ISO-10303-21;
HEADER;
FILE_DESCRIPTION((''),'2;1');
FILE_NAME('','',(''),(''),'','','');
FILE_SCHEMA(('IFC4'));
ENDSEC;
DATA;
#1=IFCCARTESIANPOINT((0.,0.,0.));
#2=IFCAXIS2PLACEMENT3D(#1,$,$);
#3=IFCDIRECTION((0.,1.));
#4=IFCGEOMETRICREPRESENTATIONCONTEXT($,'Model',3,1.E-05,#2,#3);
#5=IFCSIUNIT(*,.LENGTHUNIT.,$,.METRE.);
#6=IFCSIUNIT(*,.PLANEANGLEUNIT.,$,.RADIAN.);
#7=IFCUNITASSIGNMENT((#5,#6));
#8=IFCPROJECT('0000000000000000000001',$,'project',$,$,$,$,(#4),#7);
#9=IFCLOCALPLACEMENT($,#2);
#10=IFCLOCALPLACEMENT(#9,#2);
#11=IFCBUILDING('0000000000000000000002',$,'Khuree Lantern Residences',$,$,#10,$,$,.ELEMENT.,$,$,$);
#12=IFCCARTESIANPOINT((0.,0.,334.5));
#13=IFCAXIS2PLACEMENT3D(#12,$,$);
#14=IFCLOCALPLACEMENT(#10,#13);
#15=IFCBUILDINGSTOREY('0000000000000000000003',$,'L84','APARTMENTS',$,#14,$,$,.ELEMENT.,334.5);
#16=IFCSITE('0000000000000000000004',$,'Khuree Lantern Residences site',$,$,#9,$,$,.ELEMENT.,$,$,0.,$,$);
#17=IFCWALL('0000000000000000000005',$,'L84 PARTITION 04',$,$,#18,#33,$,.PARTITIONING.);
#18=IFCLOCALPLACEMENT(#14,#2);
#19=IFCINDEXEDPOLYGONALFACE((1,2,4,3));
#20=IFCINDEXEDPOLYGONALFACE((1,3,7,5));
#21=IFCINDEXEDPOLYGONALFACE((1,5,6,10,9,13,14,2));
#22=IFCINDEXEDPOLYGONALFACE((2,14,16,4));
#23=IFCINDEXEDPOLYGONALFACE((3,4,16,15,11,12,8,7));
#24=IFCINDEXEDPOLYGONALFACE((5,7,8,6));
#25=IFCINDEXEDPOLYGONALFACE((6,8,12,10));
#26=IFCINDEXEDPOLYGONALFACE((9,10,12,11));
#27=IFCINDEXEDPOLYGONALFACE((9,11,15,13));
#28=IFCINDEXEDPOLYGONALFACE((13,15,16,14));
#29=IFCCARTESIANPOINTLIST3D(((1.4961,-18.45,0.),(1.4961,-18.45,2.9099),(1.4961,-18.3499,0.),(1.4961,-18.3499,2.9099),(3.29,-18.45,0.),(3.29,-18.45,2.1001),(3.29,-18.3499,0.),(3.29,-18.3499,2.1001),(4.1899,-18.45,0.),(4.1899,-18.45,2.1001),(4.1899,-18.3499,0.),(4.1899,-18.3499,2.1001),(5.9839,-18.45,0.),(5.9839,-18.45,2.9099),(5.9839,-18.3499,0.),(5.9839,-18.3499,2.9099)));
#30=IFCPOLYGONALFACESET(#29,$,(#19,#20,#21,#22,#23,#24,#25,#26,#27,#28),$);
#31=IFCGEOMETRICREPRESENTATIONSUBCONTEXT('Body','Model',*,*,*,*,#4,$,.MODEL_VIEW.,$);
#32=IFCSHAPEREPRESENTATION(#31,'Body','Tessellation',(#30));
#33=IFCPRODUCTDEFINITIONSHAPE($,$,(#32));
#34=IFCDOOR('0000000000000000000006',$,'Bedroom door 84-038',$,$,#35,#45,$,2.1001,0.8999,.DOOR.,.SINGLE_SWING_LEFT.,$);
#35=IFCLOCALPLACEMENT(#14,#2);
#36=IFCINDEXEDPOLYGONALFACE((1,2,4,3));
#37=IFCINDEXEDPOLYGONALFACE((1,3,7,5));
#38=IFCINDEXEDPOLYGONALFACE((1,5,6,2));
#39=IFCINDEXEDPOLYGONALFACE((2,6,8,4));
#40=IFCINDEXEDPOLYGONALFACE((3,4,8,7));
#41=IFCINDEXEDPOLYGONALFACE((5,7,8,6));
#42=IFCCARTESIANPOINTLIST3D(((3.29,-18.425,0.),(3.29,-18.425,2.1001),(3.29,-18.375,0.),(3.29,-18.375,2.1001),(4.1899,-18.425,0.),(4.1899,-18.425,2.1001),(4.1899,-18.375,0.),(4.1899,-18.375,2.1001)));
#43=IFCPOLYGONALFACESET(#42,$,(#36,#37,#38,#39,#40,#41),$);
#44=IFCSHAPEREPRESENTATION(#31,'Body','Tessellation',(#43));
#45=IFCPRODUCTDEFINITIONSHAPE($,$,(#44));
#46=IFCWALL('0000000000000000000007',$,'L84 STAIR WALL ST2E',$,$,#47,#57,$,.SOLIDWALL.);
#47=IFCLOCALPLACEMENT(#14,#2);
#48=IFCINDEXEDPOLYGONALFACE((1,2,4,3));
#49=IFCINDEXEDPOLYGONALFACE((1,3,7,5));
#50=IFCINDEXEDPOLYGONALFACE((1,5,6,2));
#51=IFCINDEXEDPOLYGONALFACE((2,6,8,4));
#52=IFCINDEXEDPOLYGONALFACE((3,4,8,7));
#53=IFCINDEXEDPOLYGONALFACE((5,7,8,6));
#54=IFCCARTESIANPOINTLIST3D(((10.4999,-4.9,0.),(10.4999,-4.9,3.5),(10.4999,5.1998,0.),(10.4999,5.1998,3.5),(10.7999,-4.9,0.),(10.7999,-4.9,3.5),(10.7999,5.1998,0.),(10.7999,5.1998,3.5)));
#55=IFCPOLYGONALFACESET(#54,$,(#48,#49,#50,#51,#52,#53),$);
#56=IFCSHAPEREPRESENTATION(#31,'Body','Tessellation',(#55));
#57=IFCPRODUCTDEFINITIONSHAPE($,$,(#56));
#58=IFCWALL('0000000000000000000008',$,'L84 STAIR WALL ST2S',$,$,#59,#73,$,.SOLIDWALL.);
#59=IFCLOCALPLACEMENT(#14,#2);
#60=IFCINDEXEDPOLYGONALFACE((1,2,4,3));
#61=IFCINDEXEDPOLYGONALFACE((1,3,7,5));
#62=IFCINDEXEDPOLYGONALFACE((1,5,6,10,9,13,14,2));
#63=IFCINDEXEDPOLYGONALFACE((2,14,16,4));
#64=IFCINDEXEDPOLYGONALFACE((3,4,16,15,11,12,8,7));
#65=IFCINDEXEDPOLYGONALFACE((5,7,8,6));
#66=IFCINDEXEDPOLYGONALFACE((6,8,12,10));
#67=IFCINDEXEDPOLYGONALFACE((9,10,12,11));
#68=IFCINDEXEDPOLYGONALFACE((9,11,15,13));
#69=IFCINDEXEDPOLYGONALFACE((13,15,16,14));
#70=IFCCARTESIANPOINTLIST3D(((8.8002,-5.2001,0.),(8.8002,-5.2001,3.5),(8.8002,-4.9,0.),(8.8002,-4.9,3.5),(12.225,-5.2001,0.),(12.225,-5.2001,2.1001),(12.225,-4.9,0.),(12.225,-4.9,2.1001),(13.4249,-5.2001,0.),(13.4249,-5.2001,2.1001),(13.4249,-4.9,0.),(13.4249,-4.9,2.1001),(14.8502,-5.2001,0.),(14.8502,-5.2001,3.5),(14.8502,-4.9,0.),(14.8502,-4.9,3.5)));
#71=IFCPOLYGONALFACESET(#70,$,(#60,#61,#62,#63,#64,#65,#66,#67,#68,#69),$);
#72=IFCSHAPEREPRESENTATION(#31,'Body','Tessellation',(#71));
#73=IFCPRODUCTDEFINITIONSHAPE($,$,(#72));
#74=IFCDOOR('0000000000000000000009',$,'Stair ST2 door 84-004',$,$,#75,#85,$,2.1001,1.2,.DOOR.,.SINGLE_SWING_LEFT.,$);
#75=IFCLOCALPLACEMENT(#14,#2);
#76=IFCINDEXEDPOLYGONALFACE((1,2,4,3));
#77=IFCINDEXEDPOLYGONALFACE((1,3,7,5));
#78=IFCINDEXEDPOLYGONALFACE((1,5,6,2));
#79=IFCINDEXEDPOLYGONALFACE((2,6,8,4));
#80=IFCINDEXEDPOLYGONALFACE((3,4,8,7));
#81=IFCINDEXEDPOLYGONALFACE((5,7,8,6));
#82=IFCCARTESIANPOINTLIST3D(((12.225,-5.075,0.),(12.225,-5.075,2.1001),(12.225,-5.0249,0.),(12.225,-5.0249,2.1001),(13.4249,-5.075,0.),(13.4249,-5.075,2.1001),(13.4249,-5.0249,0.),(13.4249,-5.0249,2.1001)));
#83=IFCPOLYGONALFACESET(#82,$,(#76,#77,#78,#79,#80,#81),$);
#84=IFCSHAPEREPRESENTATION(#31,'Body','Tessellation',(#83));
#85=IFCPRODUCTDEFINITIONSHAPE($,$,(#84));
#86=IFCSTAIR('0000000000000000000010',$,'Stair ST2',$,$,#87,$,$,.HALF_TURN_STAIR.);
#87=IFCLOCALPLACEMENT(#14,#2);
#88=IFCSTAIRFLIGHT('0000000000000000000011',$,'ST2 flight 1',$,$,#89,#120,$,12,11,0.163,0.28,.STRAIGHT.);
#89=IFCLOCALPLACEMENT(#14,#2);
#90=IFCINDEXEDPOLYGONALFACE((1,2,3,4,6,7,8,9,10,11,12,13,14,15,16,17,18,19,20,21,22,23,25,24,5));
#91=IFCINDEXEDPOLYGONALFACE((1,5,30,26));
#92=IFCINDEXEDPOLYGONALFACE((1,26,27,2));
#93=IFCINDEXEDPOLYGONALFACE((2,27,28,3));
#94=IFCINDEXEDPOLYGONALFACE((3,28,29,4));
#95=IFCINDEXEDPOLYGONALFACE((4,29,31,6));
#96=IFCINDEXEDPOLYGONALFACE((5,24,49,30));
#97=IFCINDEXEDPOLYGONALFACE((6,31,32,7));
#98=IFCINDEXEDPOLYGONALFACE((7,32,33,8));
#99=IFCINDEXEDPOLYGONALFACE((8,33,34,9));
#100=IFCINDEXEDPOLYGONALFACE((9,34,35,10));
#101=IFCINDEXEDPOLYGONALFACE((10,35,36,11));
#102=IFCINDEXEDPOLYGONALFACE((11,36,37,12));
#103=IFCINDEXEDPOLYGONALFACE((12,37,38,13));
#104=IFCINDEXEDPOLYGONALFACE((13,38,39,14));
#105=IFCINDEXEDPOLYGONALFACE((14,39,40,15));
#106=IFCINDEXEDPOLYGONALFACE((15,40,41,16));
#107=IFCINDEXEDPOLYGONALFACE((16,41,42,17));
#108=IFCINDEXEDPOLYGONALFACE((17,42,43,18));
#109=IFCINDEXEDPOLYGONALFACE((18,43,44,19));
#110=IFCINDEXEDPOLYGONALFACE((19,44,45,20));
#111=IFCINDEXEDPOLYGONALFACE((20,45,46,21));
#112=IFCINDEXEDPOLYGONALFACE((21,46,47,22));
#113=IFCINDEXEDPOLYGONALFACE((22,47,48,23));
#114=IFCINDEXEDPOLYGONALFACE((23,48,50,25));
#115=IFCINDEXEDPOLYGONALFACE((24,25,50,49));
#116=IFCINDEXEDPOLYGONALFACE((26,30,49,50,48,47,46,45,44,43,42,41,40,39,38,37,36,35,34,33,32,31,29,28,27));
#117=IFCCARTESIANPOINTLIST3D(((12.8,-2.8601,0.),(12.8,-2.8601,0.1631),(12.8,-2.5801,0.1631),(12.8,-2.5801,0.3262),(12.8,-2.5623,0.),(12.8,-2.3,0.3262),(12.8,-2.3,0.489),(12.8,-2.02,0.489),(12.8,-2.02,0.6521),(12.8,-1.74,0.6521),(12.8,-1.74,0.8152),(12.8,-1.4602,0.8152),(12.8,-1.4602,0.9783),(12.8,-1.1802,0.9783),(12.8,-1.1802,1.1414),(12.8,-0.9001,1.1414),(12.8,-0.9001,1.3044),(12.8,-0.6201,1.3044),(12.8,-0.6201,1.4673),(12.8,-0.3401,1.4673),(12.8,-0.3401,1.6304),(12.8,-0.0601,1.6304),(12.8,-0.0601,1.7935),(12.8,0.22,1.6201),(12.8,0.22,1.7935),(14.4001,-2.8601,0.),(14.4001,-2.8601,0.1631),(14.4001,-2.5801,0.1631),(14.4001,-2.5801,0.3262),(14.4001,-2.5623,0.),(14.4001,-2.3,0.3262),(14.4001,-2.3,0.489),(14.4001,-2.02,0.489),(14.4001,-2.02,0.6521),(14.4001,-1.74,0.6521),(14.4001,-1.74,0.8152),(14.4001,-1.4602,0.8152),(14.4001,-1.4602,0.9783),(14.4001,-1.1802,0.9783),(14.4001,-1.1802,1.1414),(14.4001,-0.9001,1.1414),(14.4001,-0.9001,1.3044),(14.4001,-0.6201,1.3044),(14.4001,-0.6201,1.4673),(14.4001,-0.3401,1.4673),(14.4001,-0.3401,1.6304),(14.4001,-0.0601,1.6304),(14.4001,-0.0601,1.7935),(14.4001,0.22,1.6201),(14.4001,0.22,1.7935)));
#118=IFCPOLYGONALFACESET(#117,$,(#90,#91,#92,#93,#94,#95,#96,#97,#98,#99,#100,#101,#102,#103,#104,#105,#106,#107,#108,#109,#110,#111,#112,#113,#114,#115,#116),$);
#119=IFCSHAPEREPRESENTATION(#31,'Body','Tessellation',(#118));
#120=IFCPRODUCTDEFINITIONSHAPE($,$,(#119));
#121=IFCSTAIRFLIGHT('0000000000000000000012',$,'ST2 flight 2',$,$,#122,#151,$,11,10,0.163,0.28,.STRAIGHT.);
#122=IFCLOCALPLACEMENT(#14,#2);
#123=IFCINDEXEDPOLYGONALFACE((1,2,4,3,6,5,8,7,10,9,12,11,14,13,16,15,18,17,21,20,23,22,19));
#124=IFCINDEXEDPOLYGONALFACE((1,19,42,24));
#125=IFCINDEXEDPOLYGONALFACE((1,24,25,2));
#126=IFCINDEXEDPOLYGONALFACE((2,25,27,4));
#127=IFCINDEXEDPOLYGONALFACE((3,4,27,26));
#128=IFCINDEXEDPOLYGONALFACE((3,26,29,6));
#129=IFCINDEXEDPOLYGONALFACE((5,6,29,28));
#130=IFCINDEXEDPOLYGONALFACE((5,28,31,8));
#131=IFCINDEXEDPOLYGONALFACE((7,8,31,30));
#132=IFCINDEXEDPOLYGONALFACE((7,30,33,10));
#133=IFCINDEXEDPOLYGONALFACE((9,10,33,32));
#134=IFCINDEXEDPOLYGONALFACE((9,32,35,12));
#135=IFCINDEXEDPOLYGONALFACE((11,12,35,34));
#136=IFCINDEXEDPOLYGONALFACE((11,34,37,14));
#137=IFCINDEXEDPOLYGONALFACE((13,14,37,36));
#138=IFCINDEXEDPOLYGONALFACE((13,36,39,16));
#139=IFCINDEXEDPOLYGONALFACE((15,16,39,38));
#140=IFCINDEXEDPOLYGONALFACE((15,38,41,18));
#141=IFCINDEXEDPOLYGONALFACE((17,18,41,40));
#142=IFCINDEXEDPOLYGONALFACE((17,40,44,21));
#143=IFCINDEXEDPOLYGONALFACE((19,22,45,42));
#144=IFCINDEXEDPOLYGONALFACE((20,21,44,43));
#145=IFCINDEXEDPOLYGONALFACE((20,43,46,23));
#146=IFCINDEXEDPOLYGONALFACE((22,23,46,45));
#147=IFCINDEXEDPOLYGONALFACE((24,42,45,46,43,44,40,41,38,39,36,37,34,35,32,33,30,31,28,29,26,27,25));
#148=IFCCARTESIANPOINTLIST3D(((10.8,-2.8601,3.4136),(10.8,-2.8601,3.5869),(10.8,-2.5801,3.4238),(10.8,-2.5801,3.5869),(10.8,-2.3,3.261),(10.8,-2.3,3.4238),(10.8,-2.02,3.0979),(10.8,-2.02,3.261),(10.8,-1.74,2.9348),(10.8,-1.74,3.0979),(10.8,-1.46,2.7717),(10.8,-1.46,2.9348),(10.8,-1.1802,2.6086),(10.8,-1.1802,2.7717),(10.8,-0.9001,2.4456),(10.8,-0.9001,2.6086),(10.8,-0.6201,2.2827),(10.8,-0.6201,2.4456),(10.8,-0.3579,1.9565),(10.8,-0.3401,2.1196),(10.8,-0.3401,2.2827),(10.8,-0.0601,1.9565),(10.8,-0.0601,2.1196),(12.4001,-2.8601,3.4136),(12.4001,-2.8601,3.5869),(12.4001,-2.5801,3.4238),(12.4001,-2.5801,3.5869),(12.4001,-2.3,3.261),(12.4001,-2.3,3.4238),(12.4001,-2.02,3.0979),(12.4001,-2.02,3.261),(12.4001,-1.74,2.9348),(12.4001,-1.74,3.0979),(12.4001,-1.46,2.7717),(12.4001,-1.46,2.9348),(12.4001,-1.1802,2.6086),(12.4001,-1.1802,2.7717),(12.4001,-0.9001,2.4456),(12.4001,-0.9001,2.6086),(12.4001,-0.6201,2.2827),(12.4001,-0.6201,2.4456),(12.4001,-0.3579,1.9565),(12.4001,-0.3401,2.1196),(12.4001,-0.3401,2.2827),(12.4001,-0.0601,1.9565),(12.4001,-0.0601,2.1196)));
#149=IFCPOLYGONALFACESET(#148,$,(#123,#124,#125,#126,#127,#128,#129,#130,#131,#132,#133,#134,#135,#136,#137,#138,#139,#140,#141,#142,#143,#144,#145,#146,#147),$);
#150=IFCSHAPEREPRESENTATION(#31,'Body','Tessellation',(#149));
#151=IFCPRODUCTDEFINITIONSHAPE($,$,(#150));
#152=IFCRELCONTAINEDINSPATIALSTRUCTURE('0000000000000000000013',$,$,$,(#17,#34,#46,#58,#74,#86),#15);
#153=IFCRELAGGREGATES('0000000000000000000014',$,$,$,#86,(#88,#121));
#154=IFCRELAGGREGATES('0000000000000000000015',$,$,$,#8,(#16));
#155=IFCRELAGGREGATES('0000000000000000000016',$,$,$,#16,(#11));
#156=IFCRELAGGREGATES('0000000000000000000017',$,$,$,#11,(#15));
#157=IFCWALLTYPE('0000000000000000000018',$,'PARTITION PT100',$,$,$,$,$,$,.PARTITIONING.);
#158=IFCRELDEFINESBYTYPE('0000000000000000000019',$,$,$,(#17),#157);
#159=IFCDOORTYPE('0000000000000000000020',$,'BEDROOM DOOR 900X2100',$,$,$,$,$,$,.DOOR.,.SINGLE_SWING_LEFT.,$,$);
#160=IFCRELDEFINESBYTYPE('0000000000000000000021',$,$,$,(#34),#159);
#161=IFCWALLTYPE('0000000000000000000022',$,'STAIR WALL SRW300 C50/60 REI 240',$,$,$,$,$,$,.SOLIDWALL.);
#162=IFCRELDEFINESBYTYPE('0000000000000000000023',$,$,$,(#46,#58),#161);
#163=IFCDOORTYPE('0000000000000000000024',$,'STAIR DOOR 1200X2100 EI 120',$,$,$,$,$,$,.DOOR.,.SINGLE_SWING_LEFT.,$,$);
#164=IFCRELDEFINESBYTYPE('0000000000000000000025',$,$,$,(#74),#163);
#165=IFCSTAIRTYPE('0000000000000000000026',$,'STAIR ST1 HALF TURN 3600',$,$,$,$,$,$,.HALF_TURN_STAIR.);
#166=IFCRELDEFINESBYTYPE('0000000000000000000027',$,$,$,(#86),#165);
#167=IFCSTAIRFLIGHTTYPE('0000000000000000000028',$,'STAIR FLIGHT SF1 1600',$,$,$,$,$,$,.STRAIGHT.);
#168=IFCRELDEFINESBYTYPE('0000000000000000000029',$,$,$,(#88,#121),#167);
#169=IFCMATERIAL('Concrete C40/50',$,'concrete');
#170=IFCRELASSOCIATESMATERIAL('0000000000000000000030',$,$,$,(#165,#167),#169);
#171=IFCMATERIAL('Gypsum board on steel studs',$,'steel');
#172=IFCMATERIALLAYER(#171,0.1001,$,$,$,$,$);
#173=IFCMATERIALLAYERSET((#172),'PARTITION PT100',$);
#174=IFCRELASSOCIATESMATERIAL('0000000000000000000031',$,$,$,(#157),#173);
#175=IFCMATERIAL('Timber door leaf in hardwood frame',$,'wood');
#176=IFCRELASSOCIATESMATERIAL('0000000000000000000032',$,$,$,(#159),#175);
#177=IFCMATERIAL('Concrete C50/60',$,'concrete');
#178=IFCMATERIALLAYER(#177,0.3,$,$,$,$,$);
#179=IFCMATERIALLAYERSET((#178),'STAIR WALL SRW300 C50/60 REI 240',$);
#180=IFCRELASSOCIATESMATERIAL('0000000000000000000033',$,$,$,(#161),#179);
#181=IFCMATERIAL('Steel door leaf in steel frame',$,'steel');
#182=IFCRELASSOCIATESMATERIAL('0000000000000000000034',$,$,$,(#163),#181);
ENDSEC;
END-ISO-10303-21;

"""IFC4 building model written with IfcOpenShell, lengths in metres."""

from ifc_helpers import new_model, si_unit, direction, frame, frame_2d, origin, place, context, subcontext, project, spatial, polyline, rectangle, outline, extrude, material, layer, layer_set, type_object, element, fill, aggregate, save


model = new_model("IFC4")

# Units and contexts
model_context = context("Model", 3, precision=1e-05, world=origin(), true_north=direction((0.0, 1.0)))
body_context = subcontext(model_context, "Body", "Model", "MODEL_VIEW")
ifc_project = project(units=[si_unit("LENGTHUNIT", "METRE"), si_unit("PLANEANGLEUNIT", "RADIAN")], contexts=[model_context])

# Site, building, storey
site_placement = place(None, origin())
site = spatial("IfcSite", under=ifc_project, at=site_placement, Name="Khuree Lantern Residences site", CompositionType="ELEMENT", RefElevation=0.0)
building_placement = place(site_placement, origin())
building = spatial("IfcBuilding", under=site, at=building_placement, Name="Khuree Lantern Residences", CompositionType="ELEMENT")
storey_placement = place(building_placement, frame((0.0, 0.0, 334.5)))
storey = spatial("IfcBuildingStorey", under=building, at=storey_placement, Name="L84", Description="APARTMENTS", CompositionType="ELEMENT", Elevation=334.5)

# Shared definitions
ifc_material_1 = material(Name="Concrete C40/50", Category="concrete")
stair_type = type_object("IfcStairType", Name="STAIR ST1 HALF TURN 3600", PredefinedType="HALF_TURN_STAIR", material=ifc_material_1)

# Shared definitions
ifc_material_2 = material(Name="Timber door leaf in hardwood frame", Category="wood")

# Shared definitions
ifc_material_3 = material(Name="Gypsum board on steel studs", Category="steel")
ifc_layer_1 = layer(ifc_material_3, 0.1001)
ifc_layer_set_1 = layer_set([ifc_layer_1], Name="PARTITION PT100")
wall_type_1 = type_object("IfcWallType", Name="PARTITION PT100", PredefinedType="PARTITIONING", material=ifc_layer_set_1)

# Wall, opening, door
wall_1_placement = place(storey_placement, frame((1.4961, -18.3999, 0.0), z_axis=(0.0, 0.0, 1.0), x_axis=(1.0, 0.0, 0.0)))
wall_1 = element("IfcWall", 1, at=wall_1_placement, inside=storey, type_object=wall_type_1, Name="L84 PARTITION 04", PredefinedType="PARTITIONING", context=body_context, shape_type="SweptSolid", body=[
    extrude(rectangle(XDim=4.4878, YDim=0.1001, at=frame_2d((2.2439, 0.0))), origin(), (0.0, 0.0, 1.0), 2.9099),
])
opening_1_placement = place(wall_1_placement, frame((1.7939, 0.0, 0.0)))
opening_1 = element("IfcOpeningElement", 2, at=opening_1_placement, cuts=wall_1, PredefinedType="OPENING", context=body_context, shape_type="SweptSolid", body=[
    extrude(rectangle(XDim=0.8999, YDim=2.1001, at=frame_2d((0.45, 1.05))), frame((0.0, 0.0601, 0.0), z_axis=(0.0, -1.0, 0.0), x_axis=(1.0, 0.0, 0.0)), (0.0, 0.0, 1.0), 0.1201),
])
door_type_1 = type_object("IfcDoorType", Name="BEDROOM DOOR 900X2100", OperationType="SINGLE_SWING_LEFT", PredefinedType="DOOR", material=ifc_material_2)
door_1_placement = place(opening_1_placement, origin())
door_1 = element("IfcDoor", 3, at=door_1_placement, inside=storey, type_object=door_type_1, Name="Bedroom door 84-038", OperationType="SINGLE_SWING_LEFT", OverallHeight=2.1001, OverallWidth=0.8999, PredefinedType="DOOR", context=body_context, shape_type="SweptSolid", body=[
    extrude(rectangle(XDim=0.8999, YDim=2.1001, at=frame_2d((0.45, 1.05))), frame((0.0, 0.0249, 0.0), z_axis=(0.0, -1.0, 0.0), x_axis=(1.0, 0.0, 0.0)), (0.0, 0.0, 1.0), 0.05),
])
fill(opening_1, door_1)

# Wall
ifc_material_4 = material(Name="Concrete C50/60", Category="concrete")
ifc_layer_2 = layer(ifc_material_4, 0.3)
ifc_layer_set_2 = layer_set([ifc_layer_2], Name="STAIR WALL SRW300 C50/60 REI 240")
wall_type_2 = type_object("IfcWallType", Name="STAIR WALL SRW300 C50/60 REI 240", PredefinedType="SOLIDWALL", material=ifc_layer_set_2)
wall_2_placement = place(storey_placement, frame((10.6499, -4.8999, 0.0), z_axis=(0.0, 0.0, 1.0), x_axis=(0.0, 1.0, 0.0)))
element("IfcWall", 4, at=wall_2_placement, inside=storey, type_object=wall_type_2, Name="L84 STAIR WALL ST2E", PredefinedType="SOLIDWALL", context=body_context, shape_type="SweptSolid", body=[
    extrude(rectangle(XDim=10.0999, YDim=0.3, at=frame_2d((5.0498, 0.0))), origin(), (0.0, 0.0, 1.0), 3.5),
])

# Wall, opening, door
wall_3_placement = place(storey_placement, frame((14.8501, -5.05, 0.0), z_axis=(0.0, 0.0, 1.0), x_axis=(-1.0, 0.0, 0.0)))
wall_3 = element("IfcWall", 5, at=wall_3_placement, inside=storey, type_object=wall_type_2, Name="L84 STAIR WALL ST2S", PredefinedType="SOLIDWALL", context=body_context, shape_type="SweptSolid", body=[
    extrude(rectangle(XDim=6.05, YDim=0.3, at=frame_2d((3.0249, 0.0))), origin(), (0.0, 0.0, 1.0), 3.5),
])
opening_2_placement = place(wall_3_placement, frame((1.425, 0.0, 0.0)))
opening_2 = element("IfcOpeningElement", 6, at=opening_2_placement, cuts=wall_3, PredefinedType="OPENING", context=body_context, shape_type="SweptSolid", body=[
    extrude(rectangle(XDim=1.2, YDim=2.1001, at=frame_2d((0.6001, 1.05))), frame((0.0, 0.1602, 0.0), z_axis=(0.0, -1.0, 0.0), x_axis=(1.0, 0.0, 0.0)), (0.0, 0.0, 1.0), 0.3201),
])
ifc_material_5 = material(Name="Steel door leaf in steel frame", Category="steel")
door_type_2 = type_object("IfcDoorType", Name="STAIR DOOR 1200X2100 EI 120", OperationType="SINGLE_SWING_LEFT", PredefinedType="DOOR", material=ifc_material_5)
door_2_placement = place(opening_2_placement, origin())
door_2 = element("IfcDoor", 7, at=door_2_placement, inside=storey, type_object=door_type_2, Name="Stair ST2 door 84-004", OperationType="SINGLE_SWING_LEFT", OverallHeight=2.1001, OverallWidth=1.2, PredefinedType="DOOR", context=body_context, shape_type="SweptSolid", body=[
    extrude(rectangle(XDim=1.2, YDim=2.1001, at=frame_2d((0.6001, 1.05))), frame((0.0, 0.0249, 0.0), z_axis=(0.0, -1.0, 0.0), x_axis=(1.0, 0.0, 0.0)), (0.0, 0.0, 1.0), 0.05),
])
fill(opening_2, door_2)

# Stair, stair flights
stair_1_placement = place(storey_placement, origin())
stair_1 = element("IfcStair", 8, at=stair_1_placement, inside=storey, type_object=stair_type, Name="Stair ST2", PredefinedType="HALF_TURN_STAIR")
stair_flight_type = type_object("IfcStairFlightType", Name="STAIR FLIGHT SF1 1600", PredefinedType="STRAIGHT", material=ifc_material_1)
stair_flight_1_placement = place(storey_placement, frame((13.6001, -2.8601, 0.0), z_axis=(0.0, 0.0, 1.0), x_axis=(0.0, 1.0, 0.0)))
stair_flight_1 = element("IfcStairFlight", 9, at=stair_flight_1_placement, type_object=stair_flight_type, Name="ST2 flight 1", NumberOfRisers=12, NumberOfTreads=11, PredefinedType="STRAIGHT", RiserHeight=0.163, TreadLength=0.28, context=body_context, shape_type="SweptSolid", body=[
    extrude(outline(polyline([(0.0, 0.0), (0.0, 0.1631), (0.28, 0.1631), (0.28, 0.3262), (0.5601, 0.3262), (0.5601, 0.489), (0.8401, 0.489), (0.8401, 0.6521), (1.1201, 0.6521), (1.1201, 0.8152), (1.3999, 0.8152), (1.3999, 0.9783), (1.6799, 0.9783), (1.6799, 1.1414), (1.96, 1.1414), (1.96, 1.3044), (2.24, 1.3044), (2.24, 1.4673), (2.52, 1.4673), (2.52, 1.6304), (2.8, 1.6304), (2.8, 1.7935), (3.0801, 1.7935), (3.0801, 1.9565), (3.0801, 1.6201), (0.2979, 0.0), (0.0, 0.0)])), frame((0.0, 0.8, 0.0), z_axis=(0.0, -1.0, 0.0), x_axis=(1.0, 0.0, 0.0)), (0.0, 0.0, 1.0), 1.6001),
])
stair_flight_2_placement = place(storey_placement, frame((11.6001, -0.0601, 1.9565), z_axis=(0.0, 0.0, 1.0), x_axis=(0.0, -1.0, 0.0)))
stair_flight_2 = element("IfcStairFlight", 10, at=stair_flight_2_placement, type_object=stair_flight_type, Name="ST2 flight 2", NumberOfRisers=11, NumberOfTreads=10, PredefinedType="STRAIGHT", RiserHeight=0.163, TreadLength=0.28, context=body_context, shape_type="SweptSolid", body=[
    extrude(outline(polyline([(0.0, 0.0), (0.0, 0.1631), (0.28, 0.1631), (0.28, 0.3262), (0.5601, 0.3262), (0.5601, 0.489), (0.8401, 0.489), (0.8401, 0.6521), (1.1201, 0.6521), (1.1201, 0.8152), (1.3999, 0.8152), (1.3999, 0.9783), (1.6799, 0.9783), (1.6799, 1.1414), (1.96, 1.1414), (1.96, 1.3044), (2.24, 1.3044), (2.24, 1.4673), (2.52, 1.4673), (2.52, 1.6304), (2.8, 1.6304), (2.8, 1.7935), (2.8, 1.457), (0.2979, 0.0), (0.0, 0.0)])), frame((0.0, 0.8, 0.0), z_axis=(0.0, -1.0, 0.0), x_axis=(1.0, 0.0, 0.0)), (0.0, 0.0, 1.0), 1.6001),
])
aggregate(stair_1, [stair_flight_1, stair_flight_2])

save(model, "model.ifc")
